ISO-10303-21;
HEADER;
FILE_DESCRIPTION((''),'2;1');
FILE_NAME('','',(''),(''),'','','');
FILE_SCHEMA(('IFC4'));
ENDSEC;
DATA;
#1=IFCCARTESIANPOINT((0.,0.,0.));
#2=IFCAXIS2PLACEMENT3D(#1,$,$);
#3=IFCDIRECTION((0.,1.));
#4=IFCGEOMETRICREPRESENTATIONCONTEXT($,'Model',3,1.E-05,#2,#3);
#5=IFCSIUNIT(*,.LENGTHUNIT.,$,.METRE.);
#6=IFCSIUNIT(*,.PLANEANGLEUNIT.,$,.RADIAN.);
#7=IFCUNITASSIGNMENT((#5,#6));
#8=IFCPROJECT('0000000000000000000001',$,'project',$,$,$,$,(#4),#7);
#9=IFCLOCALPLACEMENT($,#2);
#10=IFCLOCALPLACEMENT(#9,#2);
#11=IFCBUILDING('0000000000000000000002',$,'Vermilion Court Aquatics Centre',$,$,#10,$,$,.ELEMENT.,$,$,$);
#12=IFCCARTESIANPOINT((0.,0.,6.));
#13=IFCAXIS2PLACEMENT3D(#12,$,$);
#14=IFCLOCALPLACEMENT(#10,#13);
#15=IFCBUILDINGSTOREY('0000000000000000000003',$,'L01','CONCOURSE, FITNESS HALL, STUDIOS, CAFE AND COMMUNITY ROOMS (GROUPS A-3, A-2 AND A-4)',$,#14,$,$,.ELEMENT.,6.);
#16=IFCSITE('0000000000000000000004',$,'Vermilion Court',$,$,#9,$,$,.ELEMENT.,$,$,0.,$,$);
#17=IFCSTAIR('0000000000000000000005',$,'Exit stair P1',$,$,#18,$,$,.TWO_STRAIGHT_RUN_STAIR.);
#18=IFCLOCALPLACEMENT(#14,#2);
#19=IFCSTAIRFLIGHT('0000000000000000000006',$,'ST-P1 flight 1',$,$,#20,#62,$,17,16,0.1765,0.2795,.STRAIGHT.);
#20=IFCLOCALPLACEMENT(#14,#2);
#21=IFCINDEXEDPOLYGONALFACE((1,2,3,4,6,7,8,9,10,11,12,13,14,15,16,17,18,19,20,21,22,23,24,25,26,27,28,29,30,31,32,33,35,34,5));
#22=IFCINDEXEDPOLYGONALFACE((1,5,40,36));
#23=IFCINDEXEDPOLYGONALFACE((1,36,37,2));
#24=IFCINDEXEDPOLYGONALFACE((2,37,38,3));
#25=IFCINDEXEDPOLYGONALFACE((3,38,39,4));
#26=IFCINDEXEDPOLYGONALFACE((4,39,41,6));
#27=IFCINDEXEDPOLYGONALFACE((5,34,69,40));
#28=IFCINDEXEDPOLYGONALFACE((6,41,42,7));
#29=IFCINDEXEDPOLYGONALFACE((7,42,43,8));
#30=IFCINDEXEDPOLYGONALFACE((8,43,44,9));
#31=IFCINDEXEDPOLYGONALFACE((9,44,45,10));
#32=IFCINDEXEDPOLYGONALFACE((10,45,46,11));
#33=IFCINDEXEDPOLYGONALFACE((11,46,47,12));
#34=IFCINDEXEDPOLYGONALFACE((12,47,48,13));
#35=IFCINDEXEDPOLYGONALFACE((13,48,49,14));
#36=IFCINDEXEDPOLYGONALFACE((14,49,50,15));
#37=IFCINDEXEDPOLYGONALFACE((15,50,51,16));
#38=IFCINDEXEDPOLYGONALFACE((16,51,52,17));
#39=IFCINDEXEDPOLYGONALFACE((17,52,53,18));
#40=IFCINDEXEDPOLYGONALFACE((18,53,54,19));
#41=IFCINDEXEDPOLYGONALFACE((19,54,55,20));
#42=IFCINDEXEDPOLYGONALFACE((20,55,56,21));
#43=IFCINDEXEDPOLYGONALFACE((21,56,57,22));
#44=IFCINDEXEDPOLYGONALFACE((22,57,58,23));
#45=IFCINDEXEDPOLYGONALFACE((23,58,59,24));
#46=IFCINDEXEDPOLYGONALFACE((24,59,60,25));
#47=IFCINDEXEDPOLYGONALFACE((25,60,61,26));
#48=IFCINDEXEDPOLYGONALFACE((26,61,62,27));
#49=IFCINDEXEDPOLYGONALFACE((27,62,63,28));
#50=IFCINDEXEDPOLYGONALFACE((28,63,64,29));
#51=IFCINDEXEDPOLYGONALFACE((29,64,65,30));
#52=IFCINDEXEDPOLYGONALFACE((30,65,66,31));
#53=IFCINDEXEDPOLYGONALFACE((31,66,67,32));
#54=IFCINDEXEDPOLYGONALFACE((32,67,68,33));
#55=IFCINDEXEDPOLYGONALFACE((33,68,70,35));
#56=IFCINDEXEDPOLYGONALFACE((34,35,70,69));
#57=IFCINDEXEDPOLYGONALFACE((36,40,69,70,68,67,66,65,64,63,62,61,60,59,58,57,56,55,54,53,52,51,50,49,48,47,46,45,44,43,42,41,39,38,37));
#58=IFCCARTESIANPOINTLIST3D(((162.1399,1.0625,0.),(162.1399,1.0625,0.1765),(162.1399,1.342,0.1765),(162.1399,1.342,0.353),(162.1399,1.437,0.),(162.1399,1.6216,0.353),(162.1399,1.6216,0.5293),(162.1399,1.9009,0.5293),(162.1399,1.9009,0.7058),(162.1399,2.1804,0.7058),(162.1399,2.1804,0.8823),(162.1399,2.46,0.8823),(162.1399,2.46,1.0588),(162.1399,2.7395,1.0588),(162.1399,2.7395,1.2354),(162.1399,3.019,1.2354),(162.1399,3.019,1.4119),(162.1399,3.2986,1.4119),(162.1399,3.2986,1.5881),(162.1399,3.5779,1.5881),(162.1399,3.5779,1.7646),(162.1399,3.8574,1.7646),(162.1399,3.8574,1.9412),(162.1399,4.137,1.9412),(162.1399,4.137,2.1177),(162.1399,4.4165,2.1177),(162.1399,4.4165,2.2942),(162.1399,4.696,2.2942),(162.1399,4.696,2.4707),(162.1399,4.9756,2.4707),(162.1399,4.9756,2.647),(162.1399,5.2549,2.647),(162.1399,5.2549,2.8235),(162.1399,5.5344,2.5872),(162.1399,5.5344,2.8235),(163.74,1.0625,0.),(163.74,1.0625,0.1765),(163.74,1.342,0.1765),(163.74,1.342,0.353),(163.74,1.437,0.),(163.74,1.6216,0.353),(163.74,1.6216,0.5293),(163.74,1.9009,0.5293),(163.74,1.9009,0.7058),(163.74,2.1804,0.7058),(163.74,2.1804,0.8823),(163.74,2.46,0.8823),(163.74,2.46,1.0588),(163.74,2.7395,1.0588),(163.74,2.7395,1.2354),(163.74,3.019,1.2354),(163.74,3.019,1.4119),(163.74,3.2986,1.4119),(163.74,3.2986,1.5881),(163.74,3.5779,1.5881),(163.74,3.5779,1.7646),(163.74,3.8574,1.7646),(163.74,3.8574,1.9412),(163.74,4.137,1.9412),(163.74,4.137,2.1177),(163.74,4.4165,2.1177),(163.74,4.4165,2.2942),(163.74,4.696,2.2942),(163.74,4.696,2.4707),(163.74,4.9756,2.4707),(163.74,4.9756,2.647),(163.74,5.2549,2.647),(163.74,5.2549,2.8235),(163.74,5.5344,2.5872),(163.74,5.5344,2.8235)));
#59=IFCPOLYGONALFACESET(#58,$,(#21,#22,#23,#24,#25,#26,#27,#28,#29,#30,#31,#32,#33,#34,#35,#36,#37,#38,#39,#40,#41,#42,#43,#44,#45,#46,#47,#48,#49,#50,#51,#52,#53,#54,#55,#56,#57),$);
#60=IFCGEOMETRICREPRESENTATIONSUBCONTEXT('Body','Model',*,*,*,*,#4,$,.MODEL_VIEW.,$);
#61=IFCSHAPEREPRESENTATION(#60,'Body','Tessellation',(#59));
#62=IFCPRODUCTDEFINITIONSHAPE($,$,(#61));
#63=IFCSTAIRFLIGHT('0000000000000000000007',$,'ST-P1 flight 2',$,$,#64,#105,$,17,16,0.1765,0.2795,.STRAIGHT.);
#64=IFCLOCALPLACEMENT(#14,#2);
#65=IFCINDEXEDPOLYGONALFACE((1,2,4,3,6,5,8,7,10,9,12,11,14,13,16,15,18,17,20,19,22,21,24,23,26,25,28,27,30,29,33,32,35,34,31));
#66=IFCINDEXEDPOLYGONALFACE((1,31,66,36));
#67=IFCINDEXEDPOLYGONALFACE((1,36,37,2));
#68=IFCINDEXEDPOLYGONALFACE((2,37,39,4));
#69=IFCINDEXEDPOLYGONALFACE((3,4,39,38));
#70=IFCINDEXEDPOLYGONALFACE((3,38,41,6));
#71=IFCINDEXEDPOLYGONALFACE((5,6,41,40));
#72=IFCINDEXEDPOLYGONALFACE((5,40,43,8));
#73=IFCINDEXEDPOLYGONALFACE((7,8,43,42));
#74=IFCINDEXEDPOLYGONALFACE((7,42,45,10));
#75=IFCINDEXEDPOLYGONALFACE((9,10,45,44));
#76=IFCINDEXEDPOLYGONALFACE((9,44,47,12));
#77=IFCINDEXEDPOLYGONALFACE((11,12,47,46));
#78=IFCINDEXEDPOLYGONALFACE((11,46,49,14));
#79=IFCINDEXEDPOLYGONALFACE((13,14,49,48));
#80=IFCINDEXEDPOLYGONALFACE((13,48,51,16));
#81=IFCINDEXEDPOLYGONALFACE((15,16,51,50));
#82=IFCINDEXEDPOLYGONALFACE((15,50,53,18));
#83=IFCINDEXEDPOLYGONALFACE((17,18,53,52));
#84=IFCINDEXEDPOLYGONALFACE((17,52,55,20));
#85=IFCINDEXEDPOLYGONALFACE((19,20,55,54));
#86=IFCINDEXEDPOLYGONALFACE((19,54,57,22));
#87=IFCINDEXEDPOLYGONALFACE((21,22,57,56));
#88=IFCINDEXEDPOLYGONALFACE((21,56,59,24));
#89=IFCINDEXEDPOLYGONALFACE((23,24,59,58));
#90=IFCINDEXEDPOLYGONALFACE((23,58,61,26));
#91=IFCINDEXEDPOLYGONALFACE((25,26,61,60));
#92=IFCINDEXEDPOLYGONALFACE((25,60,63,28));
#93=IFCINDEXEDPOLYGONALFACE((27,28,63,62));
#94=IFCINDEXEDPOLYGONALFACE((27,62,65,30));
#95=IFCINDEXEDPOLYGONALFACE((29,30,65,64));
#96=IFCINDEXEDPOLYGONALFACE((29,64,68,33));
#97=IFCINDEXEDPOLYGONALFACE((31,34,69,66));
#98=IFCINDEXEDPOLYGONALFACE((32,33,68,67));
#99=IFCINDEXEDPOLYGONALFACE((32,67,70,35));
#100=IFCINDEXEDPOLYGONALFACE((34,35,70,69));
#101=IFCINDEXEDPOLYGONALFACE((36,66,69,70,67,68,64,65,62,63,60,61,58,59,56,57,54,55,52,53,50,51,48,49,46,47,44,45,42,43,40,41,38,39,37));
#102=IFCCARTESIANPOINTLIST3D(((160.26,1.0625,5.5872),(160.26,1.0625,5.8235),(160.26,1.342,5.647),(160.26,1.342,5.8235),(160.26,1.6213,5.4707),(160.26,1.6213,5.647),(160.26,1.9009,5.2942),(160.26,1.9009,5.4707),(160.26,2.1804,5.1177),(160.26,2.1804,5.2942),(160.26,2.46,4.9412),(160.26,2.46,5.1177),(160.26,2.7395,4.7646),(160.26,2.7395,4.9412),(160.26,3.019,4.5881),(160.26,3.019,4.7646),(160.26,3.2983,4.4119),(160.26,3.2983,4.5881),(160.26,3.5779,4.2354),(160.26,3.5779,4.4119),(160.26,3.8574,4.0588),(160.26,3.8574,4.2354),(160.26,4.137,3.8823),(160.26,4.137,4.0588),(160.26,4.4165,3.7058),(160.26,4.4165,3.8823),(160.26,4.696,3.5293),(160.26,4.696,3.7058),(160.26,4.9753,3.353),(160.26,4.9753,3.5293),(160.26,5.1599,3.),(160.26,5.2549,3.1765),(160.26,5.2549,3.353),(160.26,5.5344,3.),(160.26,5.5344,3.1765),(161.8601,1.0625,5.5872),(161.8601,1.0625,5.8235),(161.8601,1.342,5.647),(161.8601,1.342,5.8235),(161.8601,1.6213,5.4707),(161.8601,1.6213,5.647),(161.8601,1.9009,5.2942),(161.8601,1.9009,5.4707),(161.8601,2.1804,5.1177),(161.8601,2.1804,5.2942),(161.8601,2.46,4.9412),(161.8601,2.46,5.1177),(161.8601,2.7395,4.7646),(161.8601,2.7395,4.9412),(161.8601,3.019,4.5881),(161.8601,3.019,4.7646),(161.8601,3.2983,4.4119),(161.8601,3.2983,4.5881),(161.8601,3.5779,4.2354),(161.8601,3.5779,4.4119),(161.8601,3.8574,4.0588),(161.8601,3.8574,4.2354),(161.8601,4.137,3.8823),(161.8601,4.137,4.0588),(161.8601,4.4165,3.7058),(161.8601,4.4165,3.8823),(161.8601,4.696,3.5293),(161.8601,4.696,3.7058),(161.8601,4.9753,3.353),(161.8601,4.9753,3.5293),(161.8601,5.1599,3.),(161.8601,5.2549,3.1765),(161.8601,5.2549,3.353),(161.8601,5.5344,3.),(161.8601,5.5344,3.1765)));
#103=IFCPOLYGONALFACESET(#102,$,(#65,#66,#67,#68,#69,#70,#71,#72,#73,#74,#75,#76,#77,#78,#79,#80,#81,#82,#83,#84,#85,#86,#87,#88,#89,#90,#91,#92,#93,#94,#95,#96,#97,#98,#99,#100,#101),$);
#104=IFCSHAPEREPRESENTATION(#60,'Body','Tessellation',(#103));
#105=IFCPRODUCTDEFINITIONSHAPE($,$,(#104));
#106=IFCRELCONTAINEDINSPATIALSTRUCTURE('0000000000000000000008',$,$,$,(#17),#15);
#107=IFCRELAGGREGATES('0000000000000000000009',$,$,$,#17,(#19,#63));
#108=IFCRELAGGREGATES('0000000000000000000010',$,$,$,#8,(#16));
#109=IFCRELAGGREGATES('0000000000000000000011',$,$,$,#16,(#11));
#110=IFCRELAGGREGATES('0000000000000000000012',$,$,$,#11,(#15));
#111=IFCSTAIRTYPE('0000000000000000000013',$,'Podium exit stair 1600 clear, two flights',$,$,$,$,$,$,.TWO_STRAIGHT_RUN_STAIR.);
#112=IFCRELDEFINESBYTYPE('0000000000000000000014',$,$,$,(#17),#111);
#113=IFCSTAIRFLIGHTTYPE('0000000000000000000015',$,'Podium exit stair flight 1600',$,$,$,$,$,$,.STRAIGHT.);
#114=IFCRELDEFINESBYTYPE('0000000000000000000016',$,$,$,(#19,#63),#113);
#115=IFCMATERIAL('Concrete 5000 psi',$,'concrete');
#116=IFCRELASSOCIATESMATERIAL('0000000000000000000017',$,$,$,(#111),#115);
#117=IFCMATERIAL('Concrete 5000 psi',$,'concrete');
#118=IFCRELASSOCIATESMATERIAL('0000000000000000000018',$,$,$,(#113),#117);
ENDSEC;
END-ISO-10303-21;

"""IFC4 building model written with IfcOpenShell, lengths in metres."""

from ifc_helpers import new_model, si_unit, direction, frame, origin, place, context, subcontext, project, spatial, polyline, outline, extrude, material, type_object, element, aggregate, save


model = new_model("IFC4")

# Units and contexts
model_context = context("Model", 3, precision=1e-05, world=origin(), true_north=direction((0.0, 1.0)))
body_context = subcontext(model_context, "Body", "Model", "MODEL_VIEW")
ifc_project = project(units=[si_unit("LENGTHUNIT", "METRE"), si_unit("PLANEANGLEUNIT", "RADIAN")], contexts=[model_context])

# Site, building, storey
site_placement = place(None, origin())
site = spatial("IfcSite", under=ifc_project, at=site_placement, Name="Vermilion Court", CompositionType="ELEMENT", RefElevation=0.0)
building_placement = place(site_placement, origin())
building = spatial("IfcBuilding", under=site, at=building_placement, Name="Vermilion Court Aquatics Centre", CompositionType="ELEMENT")
storey_placement = place(building_placement, frame((0.0, 0.0, 6.0)))
storey = spatial("IfcBuildingStorey", under=building, at=storey_placement, Name="L01", Description="CONCOURSE, FITNESS HALL, STUDIOS, CAFE AND COMMUNITY ROOMS (GROUPS A-3, A-2 AND A-4)", CompositionType="ELEMENT", Elevation=6.0)

# Stair, stair flights
ifc_material_1 = material(Name="Concrete 5000 psi", Category="concrete")
stair_type = type_object("IfcStairType", Name="Podium exit stair 1600 clear, two flights", PredefinedType="TWO_STRAIGHT_RUN_STAIR", material=ifc_material_1)
stair_placement = place(storey_placement, origin())
stair = element("IfcStair", 1, at=stair_placement, inside=storey, type_object=stair_type, Name="Exit stair P1", PredefinedType="TWO_STRAIGHT_RUN_STAIR")
ifc_material_2 = material(Name="Concrete 5000 psi", Category="concrete")
stair_flight_type = type_object("IfcStairFlightType", Name="Podium exit stair flight 1600", PredefinedType="STRAIGHT", material=ifc_material_2)
stair_flight_1_placement = place(storey_placement, frame((162.9399, 1.0625, 0.0), z_axis=(0.0, 0.0, 1.0), x_axis=(0.0, 1.0, 0.0)))
stair_flight_1 = element("IfcStairFlight", 2, at=stair_flight_1_placement, type_object=stair_flight_type, Name="ST-P1 flight 1", NumberOfRisers=17, NumberOfTreads=16, PredefinedType="STRAIGHT", RiserHeight=0.1765, TreadLength=0.2795, context=body_context, shape_type="SweptSolid", body=[
    extrude(outline(polyline([(0.0, 0.0), (0.0, 0.1765), (0.2795, 0.1765), (0.2795, 0.353), (0.5591, 0.353), (0.5591, 0.5293), (0.8384, 0.5293), (0.8384, 0.7058), (1.1179, 0.7058), (1.1179, 0.8823), (1.3975, 0.8823), (1.3975, 1.0588), (1.677, 1.0588), (1.677, 1.2354), (1.9565, 1.2354), (1.9565, 1.4119), (2.2361, 1.4119), (2.2361, 1.5881), (2.5154, 1.5881), (2.5154, 1.7646), (2.7949, 1.7646), (2.7949, 1.9412), (3.0745, 1.9412), (3.0745, 2.1177), (3.354, 2.1177), (3.354, 2.2942), (3.6335, 2.2942), (3.6335, 2.4707), (3.9131, 2.4707), (3.9131, 2.647), (4.1924, 2.647), (4.1924, 2.8235), (4.4719, 2.8235), (4.4719, 3.0), (4.4719, 2.5872), (0.3745, 0.0), (0.0, 0.0)])), frame((0.0, 0.8, 0.0), z_axis=(0.0, -1.0, 0.0), x_axis=(1.0, 0.0, 0.0)), (0.0, 0.0, 1.0), 1.6001),
])
stair_flight_2_placement = place(storey_placement, frame((161.0601, 5.5344, 3.0), z_axis=(0.0, 0.0, 1.0), x_axis=(0.0, -1.0, 0.0)))
stair_flight_2 = element("IfcStairFlight", 3, at=stair_flight_2_placement, type_object=stair_flight_type, Name="ST-P1 flight 2", NumberOfRisers=17, NumberOfTreads=16, PredefinedType="STRAIGHT", RiserHeight=0.1765, TreadLength=0.2795, context=body_context, shape_type="SweptSolid", body=[
    extrude(outline(polyline([(0.0, 0.0), (0.0, 0.1765), (0.2795, 0.1765), (0.2795, 0.353), (0.5591, 0.353), (0.5591, 0.5293), (0.8384, 0.5293), (0.8384, 0.7058), (1.1179, 0.7058), (1.1179, 0.8823), (1.3975, 0.8823), (1.3975, 1.0588), (1.677, 1.0588), (1.677, 1.2354), (1.9565, 1.2354), (1.9565, 1.4119), (2.2361, 1.4119), (2.2361, 1.5881), (2.5154, 1.5881), (2.5154, 1.7646), (2.7949, 1.7646), (2.7949, 1.9412), (3.0745, 1.9412), (3.0745, 2.1177), (3.354, 2.1177), (3.354, 2.2942), (3.6335, 2.2942), (3.6335, 2.4707), (3.9131, 2.4707), (3.9131, 2.647), (4.1924, 2.647), (4.1924, 2.8235), (4.4719, 2.8235), (4.4719, 3.0), (4.4719, 2.5872), (0.3745, 0.0), (0.0, 0.0)])), frame((0.0, 0.8, 0.0), z_axis=(0.0, -1.0, 0.0), x_axis=(1.0, 0.0, 0.0)), (0.0, 0.0, 1.0), 1.6001),
])
aggregate(stair, [stair_flight_1, stair_flight_2])

save(model, "model.ifc")
